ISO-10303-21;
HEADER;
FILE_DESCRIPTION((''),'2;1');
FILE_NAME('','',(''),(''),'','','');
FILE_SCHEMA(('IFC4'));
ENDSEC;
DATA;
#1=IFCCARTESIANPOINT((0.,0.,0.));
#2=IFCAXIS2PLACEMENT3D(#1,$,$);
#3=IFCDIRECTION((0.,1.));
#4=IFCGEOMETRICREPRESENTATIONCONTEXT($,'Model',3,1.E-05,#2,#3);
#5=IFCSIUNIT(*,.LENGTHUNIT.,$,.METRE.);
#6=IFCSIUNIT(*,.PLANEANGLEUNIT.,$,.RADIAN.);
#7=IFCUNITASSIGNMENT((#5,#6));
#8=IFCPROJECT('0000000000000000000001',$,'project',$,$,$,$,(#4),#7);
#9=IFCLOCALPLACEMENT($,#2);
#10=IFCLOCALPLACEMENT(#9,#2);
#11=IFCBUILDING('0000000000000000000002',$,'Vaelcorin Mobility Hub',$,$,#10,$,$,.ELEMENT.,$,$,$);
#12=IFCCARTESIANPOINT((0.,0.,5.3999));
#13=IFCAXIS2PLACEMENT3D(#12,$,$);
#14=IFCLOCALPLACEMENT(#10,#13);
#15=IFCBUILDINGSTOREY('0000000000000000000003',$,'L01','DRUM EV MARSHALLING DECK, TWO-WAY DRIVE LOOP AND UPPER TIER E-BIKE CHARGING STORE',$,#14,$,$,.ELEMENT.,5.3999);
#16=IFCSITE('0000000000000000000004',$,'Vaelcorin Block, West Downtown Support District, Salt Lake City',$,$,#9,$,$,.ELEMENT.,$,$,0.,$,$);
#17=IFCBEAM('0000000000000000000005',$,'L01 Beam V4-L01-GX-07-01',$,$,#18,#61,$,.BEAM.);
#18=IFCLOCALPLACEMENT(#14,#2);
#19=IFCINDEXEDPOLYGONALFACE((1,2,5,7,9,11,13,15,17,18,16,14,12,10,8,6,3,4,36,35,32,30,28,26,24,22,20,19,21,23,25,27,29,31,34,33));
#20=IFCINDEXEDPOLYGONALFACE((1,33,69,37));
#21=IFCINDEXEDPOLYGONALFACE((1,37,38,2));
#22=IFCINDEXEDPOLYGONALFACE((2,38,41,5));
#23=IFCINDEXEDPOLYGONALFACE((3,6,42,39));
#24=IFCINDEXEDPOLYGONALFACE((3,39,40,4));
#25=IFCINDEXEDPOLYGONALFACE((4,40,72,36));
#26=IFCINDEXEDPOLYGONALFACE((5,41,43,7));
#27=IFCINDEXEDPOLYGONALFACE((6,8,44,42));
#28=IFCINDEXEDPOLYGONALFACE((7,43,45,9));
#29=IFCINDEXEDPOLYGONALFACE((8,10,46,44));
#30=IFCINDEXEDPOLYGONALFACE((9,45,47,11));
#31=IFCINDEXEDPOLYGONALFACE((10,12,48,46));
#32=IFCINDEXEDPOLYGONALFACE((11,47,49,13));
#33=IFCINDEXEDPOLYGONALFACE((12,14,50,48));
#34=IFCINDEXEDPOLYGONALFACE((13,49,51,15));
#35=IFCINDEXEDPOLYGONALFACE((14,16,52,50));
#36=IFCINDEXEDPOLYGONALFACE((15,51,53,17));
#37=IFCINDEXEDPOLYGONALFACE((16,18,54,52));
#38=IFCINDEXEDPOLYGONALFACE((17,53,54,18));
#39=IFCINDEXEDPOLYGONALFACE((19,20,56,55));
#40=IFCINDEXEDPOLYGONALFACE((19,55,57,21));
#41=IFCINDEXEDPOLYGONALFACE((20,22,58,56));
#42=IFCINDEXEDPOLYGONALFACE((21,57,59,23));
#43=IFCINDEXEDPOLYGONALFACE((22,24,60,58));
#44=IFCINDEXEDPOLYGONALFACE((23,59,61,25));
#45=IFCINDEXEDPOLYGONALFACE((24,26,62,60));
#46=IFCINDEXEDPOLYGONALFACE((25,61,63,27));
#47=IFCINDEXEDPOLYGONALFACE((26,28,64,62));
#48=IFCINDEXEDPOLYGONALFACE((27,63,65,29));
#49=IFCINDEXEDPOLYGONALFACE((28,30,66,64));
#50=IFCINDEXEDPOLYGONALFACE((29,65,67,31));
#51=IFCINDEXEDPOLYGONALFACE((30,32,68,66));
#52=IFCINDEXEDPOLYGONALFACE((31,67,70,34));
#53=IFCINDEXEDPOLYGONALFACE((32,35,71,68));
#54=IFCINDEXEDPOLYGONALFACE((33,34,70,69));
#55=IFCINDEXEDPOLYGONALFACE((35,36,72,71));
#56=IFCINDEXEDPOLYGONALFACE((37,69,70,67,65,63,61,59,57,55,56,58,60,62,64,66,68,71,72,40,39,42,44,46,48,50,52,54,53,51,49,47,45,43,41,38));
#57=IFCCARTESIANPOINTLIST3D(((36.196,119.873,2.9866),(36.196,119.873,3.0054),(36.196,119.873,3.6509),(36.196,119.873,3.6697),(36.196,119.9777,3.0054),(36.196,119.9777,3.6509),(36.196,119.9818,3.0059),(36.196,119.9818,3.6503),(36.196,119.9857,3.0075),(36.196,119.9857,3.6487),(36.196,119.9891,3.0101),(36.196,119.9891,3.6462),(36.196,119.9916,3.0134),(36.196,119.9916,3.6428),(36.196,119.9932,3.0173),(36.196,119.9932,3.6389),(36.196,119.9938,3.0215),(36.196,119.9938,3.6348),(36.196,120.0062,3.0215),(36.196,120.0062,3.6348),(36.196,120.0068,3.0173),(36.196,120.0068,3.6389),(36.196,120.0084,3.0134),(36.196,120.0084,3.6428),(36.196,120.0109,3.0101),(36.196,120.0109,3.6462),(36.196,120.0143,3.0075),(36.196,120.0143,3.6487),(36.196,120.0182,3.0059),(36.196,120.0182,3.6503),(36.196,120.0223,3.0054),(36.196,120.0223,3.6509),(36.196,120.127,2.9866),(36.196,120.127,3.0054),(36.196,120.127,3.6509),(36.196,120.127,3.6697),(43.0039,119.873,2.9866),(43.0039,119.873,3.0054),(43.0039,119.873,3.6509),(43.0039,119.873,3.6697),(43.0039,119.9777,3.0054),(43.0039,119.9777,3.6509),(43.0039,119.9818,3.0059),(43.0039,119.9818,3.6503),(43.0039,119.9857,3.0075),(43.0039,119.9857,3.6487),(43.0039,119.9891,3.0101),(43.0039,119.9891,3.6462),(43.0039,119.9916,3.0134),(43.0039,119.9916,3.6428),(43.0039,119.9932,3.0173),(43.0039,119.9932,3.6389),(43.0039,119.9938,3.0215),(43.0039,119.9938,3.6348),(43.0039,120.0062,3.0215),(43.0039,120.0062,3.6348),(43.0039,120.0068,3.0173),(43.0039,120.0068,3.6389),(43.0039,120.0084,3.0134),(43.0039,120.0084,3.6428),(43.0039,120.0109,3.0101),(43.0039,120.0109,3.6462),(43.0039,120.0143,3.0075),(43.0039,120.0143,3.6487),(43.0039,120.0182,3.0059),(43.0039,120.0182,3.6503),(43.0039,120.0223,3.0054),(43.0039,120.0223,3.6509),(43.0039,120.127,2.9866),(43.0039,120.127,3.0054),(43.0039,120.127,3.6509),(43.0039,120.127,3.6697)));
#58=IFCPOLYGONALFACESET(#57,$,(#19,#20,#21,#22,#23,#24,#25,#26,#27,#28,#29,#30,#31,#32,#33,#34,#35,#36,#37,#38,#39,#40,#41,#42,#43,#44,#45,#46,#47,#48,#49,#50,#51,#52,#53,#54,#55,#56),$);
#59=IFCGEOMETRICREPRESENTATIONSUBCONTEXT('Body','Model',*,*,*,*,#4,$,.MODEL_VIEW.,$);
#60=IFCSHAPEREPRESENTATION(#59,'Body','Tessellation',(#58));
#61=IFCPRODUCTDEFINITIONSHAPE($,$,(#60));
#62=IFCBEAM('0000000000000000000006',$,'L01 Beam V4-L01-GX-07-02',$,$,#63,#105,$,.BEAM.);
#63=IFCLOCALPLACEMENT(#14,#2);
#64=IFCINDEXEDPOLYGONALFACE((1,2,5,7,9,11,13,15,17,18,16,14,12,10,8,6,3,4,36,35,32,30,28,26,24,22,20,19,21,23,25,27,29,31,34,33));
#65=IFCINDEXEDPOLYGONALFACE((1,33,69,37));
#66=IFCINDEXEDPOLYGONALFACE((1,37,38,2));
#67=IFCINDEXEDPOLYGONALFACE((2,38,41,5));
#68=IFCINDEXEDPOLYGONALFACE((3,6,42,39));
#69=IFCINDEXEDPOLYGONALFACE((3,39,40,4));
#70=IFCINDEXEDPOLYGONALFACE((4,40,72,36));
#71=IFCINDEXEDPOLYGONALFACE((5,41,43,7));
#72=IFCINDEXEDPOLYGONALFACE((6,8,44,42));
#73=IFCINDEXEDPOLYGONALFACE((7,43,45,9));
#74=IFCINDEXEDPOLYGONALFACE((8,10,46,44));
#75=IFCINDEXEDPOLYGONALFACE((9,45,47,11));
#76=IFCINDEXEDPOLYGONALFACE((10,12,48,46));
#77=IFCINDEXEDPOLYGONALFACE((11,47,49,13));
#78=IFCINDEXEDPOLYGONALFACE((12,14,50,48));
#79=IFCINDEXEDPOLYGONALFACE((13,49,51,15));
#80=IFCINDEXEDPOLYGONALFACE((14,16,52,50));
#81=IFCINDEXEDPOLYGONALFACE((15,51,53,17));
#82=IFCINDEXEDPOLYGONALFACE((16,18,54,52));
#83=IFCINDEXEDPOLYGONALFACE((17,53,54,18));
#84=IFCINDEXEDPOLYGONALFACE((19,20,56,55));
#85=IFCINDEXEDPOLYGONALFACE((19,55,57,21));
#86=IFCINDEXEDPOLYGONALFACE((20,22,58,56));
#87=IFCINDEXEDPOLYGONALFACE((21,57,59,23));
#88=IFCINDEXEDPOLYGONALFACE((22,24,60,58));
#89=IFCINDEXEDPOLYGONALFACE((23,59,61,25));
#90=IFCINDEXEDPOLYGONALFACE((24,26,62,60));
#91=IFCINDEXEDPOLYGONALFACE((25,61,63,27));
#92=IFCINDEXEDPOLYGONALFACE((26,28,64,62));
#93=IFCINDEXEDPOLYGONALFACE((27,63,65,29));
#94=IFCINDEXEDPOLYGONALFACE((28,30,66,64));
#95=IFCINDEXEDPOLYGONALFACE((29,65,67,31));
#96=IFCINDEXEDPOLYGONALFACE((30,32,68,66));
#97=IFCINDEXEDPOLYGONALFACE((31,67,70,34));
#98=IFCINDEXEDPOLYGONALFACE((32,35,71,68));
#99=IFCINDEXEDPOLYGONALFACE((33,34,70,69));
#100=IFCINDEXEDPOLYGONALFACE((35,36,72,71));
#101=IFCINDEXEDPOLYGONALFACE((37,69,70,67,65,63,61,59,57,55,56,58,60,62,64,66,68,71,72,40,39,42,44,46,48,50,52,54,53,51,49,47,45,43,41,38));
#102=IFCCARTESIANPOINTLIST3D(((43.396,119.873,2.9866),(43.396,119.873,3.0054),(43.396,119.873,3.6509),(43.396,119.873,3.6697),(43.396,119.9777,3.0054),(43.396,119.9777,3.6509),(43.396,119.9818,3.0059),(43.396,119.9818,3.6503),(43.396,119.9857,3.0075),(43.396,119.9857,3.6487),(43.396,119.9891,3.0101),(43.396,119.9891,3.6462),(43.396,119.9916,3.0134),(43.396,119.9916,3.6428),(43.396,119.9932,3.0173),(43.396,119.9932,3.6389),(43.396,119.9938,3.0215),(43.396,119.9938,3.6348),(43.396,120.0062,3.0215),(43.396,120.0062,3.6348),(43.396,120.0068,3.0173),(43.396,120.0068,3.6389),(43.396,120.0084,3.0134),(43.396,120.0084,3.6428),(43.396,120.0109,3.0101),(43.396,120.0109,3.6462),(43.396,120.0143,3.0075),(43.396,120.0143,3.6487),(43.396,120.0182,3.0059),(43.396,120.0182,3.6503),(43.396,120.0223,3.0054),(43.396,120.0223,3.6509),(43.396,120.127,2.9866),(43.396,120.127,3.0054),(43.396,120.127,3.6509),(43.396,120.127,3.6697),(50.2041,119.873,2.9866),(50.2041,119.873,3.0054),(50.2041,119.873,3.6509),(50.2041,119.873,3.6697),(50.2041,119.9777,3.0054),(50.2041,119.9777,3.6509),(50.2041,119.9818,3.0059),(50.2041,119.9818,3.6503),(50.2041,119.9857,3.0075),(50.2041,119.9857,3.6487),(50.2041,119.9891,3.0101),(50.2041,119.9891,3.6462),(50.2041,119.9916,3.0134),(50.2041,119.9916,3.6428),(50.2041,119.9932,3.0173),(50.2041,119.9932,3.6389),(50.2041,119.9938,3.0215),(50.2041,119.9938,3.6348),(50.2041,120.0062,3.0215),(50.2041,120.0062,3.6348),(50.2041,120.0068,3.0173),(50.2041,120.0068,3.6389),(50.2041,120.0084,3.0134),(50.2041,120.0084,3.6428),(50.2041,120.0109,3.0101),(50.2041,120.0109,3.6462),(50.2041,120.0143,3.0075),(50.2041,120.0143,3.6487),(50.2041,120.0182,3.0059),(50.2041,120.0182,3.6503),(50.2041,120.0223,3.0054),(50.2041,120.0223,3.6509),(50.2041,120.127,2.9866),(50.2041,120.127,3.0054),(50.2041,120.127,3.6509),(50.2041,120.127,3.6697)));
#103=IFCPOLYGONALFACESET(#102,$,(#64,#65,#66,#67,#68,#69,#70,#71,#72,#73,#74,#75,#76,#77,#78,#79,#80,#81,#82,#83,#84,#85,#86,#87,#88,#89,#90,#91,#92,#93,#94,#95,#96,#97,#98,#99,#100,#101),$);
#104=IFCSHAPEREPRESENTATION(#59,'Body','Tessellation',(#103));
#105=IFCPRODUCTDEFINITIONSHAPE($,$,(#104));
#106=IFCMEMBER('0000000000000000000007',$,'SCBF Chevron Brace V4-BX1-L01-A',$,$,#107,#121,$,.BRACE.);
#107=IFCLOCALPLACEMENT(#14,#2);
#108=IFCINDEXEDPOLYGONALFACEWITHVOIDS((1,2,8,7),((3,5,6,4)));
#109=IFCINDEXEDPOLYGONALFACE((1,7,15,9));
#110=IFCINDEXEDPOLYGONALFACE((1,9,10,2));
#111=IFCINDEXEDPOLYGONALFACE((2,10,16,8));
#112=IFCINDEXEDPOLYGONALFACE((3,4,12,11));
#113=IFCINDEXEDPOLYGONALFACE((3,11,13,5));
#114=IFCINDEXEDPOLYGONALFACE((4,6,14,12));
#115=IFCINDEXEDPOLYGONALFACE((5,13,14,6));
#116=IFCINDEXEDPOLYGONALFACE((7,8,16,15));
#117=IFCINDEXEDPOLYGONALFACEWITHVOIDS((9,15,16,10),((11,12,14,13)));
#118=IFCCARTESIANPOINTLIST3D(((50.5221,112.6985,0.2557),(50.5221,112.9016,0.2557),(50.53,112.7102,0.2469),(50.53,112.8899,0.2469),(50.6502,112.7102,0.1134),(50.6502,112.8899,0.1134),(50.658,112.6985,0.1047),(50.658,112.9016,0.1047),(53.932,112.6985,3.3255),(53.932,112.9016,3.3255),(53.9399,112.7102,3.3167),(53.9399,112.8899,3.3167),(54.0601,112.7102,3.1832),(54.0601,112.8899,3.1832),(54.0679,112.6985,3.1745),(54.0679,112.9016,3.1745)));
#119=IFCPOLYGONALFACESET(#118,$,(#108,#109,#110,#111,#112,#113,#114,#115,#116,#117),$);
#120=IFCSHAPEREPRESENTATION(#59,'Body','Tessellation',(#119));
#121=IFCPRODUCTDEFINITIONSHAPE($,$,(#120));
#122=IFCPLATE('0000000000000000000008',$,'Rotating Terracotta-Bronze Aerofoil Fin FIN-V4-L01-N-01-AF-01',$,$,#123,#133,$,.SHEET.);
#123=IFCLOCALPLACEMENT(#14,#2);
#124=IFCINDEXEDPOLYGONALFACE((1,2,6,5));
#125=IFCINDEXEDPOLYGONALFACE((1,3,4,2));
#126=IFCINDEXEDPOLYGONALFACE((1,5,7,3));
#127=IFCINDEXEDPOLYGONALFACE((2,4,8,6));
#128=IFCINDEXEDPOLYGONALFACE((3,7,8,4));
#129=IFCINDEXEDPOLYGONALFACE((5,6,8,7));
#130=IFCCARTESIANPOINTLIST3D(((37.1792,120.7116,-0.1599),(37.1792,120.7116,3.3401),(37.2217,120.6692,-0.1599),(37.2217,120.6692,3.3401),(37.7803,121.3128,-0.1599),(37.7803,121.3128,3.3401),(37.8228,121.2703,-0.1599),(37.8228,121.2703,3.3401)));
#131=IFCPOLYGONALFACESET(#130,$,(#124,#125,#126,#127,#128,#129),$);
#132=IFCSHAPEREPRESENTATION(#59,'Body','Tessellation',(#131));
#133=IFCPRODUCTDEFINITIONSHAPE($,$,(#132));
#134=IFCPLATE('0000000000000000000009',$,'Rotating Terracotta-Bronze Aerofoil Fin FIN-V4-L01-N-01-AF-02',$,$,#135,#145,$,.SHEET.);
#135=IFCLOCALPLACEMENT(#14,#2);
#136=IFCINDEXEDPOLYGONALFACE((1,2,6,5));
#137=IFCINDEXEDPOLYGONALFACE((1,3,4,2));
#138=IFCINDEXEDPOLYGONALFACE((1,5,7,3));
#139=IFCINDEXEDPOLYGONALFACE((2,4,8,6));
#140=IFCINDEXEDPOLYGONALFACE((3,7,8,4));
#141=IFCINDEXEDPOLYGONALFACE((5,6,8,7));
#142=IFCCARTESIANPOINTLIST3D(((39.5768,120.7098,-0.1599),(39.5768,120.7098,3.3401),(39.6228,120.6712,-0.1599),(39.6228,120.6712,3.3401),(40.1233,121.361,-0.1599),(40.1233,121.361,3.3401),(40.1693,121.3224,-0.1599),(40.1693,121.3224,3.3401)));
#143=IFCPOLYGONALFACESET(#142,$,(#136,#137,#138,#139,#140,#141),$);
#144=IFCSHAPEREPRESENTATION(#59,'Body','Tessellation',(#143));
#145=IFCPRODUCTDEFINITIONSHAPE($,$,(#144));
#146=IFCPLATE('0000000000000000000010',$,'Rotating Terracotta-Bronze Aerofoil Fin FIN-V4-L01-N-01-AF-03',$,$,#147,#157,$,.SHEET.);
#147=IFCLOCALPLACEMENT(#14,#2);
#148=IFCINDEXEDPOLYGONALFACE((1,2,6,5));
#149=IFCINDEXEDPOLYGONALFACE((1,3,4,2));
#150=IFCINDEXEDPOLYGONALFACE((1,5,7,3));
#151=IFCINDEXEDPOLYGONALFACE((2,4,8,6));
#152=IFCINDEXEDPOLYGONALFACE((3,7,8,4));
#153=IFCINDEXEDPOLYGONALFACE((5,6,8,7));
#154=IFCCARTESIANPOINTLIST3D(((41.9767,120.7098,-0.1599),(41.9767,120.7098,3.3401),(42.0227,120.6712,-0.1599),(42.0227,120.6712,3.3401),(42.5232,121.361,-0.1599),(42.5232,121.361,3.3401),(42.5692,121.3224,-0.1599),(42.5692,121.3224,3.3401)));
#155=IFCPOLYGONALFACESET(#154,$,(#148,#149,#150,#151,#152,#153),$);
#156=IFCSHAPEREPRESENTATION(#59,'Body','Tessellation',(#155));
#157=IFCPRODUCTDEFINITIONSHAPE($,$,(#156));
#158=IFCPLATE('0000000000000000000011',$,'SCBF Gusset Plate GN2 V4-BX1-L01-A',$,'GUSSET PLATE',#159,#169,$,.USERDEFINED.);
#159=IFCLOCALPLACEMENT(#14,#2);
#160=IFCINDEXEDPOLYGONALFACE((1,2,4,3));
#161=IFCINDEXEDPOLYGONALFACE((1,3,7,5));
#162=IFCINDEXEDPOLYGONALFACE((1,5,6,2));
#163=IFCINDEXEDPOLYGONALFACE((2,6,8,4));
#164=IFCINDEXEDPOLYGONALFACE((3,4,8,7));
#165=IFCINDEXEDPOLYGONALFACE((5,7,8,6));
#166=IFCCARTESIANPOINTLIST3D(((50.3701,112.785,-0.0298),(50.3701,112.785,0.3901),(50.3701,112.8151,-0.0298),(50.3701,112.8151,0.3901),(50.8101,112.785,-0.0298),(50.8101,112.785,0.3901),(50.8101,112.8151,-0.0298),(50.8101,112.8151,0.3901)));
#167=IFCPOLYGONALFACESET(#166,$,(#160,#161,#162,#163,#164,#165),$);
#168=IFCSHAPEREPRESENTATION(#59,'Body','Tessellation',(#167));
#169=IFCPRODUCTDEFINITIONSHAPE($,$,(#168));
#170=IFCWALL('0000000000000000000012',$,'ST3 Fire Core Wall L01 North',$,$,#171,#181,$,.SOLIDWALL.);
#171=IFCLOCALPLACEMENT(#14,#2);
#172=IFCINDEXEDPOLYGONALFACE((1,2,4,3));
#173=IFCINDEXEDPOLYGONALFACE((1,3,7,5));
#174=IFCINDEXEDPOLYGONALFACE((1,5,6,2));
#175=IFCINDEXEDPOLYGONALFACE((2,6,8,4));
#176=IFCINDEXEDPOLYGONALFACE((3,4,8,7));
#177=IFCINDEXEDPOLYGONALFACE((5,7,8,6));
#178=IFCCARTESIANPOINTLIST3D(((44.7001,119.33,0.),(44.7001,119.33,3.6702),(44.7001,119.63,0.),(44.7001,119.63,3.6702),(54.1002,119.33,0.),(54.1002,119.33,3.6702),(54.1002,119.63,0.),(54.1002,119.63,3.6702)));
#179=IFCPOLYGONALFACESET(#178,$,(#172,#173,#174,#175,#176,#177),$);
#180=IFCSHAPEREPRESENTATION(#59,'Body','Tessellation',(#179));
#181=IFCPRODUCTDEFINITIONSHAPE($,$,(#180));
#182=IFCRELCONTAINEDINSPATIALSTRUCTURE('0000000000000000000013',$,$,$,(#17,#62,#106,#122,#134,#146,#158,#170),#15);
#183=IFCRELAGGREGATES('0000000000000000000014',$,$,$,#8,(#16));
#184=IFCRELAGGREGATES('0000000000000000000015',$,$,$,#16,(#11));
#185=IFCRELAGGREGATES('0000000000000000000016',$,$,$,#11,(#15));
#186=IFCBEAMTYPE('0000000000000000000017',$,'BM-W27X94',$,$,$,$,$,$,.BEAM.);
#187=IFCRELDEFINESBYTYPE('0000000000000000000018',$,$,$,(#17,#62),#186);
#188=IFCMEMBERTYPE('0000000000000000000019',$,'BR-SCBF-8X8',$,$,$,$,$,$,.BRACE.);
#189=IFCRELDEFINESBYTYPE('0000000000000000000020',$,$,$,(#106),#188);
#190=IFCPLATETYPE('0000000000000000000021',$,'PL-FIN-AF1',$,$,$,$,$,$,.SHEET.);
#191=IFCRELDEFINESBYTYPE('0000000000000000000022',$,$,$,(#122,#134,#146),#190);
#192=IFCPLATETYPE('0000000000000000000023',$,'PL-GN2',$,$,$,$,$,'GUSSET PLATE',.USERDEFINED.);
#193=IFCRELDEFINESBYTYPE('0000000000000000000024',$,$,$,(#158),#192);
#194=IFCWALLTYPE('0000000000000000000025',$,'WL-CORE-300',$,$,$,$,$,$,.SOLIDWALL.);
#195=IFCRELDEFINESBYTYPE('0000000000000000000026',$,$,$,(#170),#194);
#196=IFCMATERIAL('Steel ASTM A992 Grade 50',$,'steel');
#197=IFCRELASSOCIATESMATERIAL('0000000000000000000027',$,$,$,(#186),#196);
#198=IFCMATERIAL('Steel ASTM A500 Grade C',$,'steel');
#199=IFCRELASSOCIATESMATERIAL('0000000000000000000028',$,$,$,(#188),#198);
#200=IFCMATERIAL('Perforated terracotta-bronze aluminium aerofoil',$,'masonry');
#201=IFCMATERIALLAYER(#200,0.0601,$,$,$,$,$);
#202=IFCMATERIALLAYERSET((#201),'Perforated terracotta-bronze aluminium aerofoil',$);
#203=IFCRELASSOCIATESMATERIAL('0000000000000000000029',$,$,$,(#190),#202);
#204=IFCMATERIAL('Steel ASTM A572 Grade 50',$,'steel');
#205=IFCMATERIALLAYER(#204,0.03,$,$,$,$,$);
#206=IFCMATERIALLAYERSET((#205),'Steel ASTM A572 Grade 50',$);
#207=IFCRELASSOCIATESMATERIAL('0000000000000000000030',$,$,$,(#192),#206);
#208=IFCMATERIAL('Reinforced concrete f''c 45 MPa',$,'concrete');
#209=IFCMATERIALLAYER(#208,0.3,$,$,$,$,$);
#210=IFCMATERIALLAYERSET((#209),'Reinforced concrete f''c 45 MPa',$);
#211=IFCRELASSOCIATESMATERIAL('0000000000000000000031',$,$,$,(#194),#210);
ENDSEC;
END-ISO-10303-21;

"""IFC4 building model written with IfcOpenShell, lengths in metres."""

from ifc_helpers import new_model, si_unit, direction, frame, frame_2d, origin, origin_2d, place, context, subcontext, project, spatial, rectangle, hollow_rectangle, i_section, extrude, material, layer, layer_set, material_profile, profile_set, type_object, element, save


model = new_model("IFC4")

# Units and contexts
model_context = context("Model", 3, precision=1e-05, world=origin(), true_north=direction((0.0, 1.0)))
body_context = subcontext(model_context, "Body", "Model", "MODEL_VIEW")
ifc_project = project(units=[si_unit("LENGTHUNIT", "METRE"), si_unit("PLANEANGLEUNIT", "RADIAN")], contexts=[model_context])

# Site, building, storey
site_placement = place(None, origin())
site = spatial("IfcSite", under=ifc_project, at=site_placement, Name="Vaelcorin Block, West Downtown Support District, Salt Lake City", CompositionType="ELEMENT", RefElevation=0.0)
building_placement = place(site_placement, origin())
building = spatial("IfcBuilding", under=site, at=building_placement, Name="Vaelcorin Mobility Hub", CompositionType="ELEMENT")
storey_placement = place(building_placement, frame((0.0, 0.0, 5.3999)))
storey = spatial("IfcBuildingStorey", under=building, at=storey_placement, Name="L01", Description="DRUM EV MARSHALLING DECK, TWO-WAY DRIVE LOOP AND UPPER TIER E-BIKE CHARGING STORE", CompositionType="ELEMENT", Elevation=5.3999)

# Shared definitions
ifc_material_1 = material(Name="Steel ASTM A992 Grade 50", Category="steel")

# Beams
ifc_material_profile_1 = material_profile(ifc_material_1, i_section(OverallWidth=0.2539, OverallDepth=0.6831, WebThickness=0.0125, FlangeThickness=0.0188, FilletRadius=0.0161, at=origin_2d()), Name="W27X94")
ifc_profile_set_1 = profile_set([ifc_material_profile_1], Name="Steel ASTM A992 Grade 50")
beam_type_1 = type_object("IfcBeamType", Name="BM-W27X94", PredefinedType="BEAM", material=ifc_profile_set_1)
beam_1_placement = place(storey_placement, frame((36.196, 120.0, 3.3281), z_axis=(1.0, 0.0, 0.0), x_axis=(0.0, 1.0, 0.0)))
element("IfcBeam", 1, at=beam_1_placement, inside=storey, type_object=beam_type_1, Name="L01 Beam V4-L01-GX-07-01", PredefinedType="BEAM", context=body_context, shape_type="SweptSolid", body=[
    extrude(i_section(OverallWidth=0.2539, OverallDepth=0.6831, WebThickness=0.0125, FlangeThickness=0.0188, FilletRadius=0.0161, at=origin_2d()), origin(), (0.0, 0.0, 1.0), 6.8079),
])
beam_2_placement = place(storey_placement, frame((43.396, 120.0, 3.3281), z_axis=(1.0, 0.0, 0.0), x_axis=(0.0, 1.0, 0.0)))
element("IfcBeam", 2, at=beam_2_placement, inside=storey, type_object=beam_type_1, Name="L01 Beam V4-L01-GX-07-02", PredefinedType="BEAM", context=body_context, shape_type="SweptSolid", body=[
    extrude(i_section(OverallWidth=0.2539, OverallDepth=0.6831, WebThickness=0.0125, FlangeThickness=0.0188, FilletRadius=0.0161, at=origin_2d()), origin(), (0.0, 0.0, 1.0), 6.8081),
])

# Member
ifc_material_2 = material(Name="Steel ASTM A500 Grade C", Category="steel")
ifc_material_profile_2 = material_profile(ifc_material_2, hollow_rectangle(XDim=0.2031, YDim=0.2031, WallThickness=0.0117, at=origin_2d()), Name="HSS8X8X0.500")
ifc_profile_set_2 = profile_set([ifc_material_profile_2], Name="Steel ASTM A500 Grade C")
member_type = type_object("IfcMemberType", Name="BR-SCBF-8X8", PredefinedType="BRACE", material=ifc_profile_set_2)
member_placement = place(storey_placement, frame((50.5901, 112.8, 0.1802), z_axis=(0.743196, 0.0, 0.669073), x_axis=(0.0, 1.0, 0.0)))
element("IfcMember", 3, at=member_placement, inside=storey, type_object=member_type, Name="SCBF Chevron Brace V4-BX1-L01-A", PredefinedType="BRACE", context=body_context, shape_type="SweptSolid", body=[
    extrude(hollow_rectangle(XDim=0.2031, YDim=0.2031, WallThickness=0.0117, at=origin_2d()), origin(), (0.0, 0.0, 1.0), 4.5881),
])

# Plates
ifc_material_3 = material(Name="Perforated terracotta-bronze aluminium aerofoil", Category="masonry")
ifc_layer_1 = layer(ifc_material_3, 0.0601)
ifc_layer_set_1 = layer_set([ifc_layer_1], Name="Perforated terracotta-bronze aluminium aerofoil")
plate_type_1 = type_object("IfcPlateType", Name="PL-FIN-AF1", PredefinedType="SHEET", material=ifc_layer_set_1)
for number, where, z_axis, x_axis, name in (
    (4, (37.501, 120.991, -0.1599), (0.0, 0.0, 1.0), (0.707107, 0.707107, 0.0), "Rotating Terracotta-Bronze Aerofoil Fin FIN-V4-L01-N-01-AF-01"),
    (5, (39.873, 121.0161, -0.1599), (0.0, 0.0, 1.0), (0.642788, 0.766044, 0.0), "Rotating Terracotta-Bronze Aerofoil Fin FIN-V4-L01-N-01-AF-02"),
    (6, (42.2729, 121.0161, -0.1599), (0.0, 0.0, 1.0), (0.642788, 0.766044, 0.0), "Rotating Terracotta-Bronze Aerofoil Fin FIN-V4-L01-N-01-AF-03"),
):
    element("IfcPlate", number, at=place(storey_placement, frame(where, z_axis=z_axis, x_axis=x_axis)), inside=storey, type_object=plate_type_1, Name=name, PredefinedType="SHEET", context=body_context, shape_type="SweptSolid", body=[
        extrude(rectangle(XDim=0.8501, YDim=0.0601, at=origin_2d()), origin(), (0.0, 0.0, 1.0), 3.5),
    ])
ifc_material_4 = material(Name="Steel ASTM A572 Grade 50", Category="steel")
ifc_layer_2 = layer(ifc_material_4, 0.03)
ifc_layer_set_2 = layer_set([ifc_layer_2], Name="Steel ASTM A572 Grade 50")
plate_type_2 = type_object("IfcPlateType", Name="PL-GN2", ElementType="GUSSET PLATE", PredefinedType="USERDEFINED", material=ifc_layer_set_2)
plate_placement = place(storey_placement, frame((50.5901, 112.8, -0.0298), z_axis=(0.0, 0.0, 1.0), x_axis=(1.0, 0.0, 0.0)))
element("IfcPlate", 7, at=plate_placement, inside=storey, type_object=plate_type_2, Name="SCBF Gusset Plate GN2 V4-BX1-L01-A", ObjectType="GUSSET PLATE", PredefinedType="USERDEFINED", context=body_context, shape_type="SweptSolid", body=[
    extrude(rectangle(XDim=0.4399, YDim=0.03, at=origin_2d()), origin(), (0.0, 0.0, 1.0), 0.4199),
])

# Wall
ifc_material_5 = material(Name="Reinforced concrete f'c 45 MPa", Category="concrete")
ifc_layer_3 = layer(ifc_material_5, 0.3)
ifc_layer_set_3 = layer_set([ifc_layer_3], Name="Reinforced concrete f'c 45 MPa")
wall_type = type_object("IfcWallType", Name="WL-CORE-300", PredefinedType="SOLIDWALL", material=ifc_layer_set_3)
wall_1_placement = place(storey_placement, frame((44.7, 119.48, 0.0), z_axis=(0.0, 0.0, 1.0), x_axis=(1.0, 0.0, 0.0)))
element("IfcWall", 8, at=wall_1_placement, inside=storey, type_object=wall_type, Name="ST3 Fire Core Wall L01 North", PredefinedType="SOLIDWALL", context=body_context, shape_type="SweptSolid", body=[
    extrude(rectangle(XDim=9.4001, YDim=0.3, at=frame_2d((4.7002, 0.0))), origin(), (0.0, 0.0, 1.0), 3.6702),
])

save(model, "model.ifc")
